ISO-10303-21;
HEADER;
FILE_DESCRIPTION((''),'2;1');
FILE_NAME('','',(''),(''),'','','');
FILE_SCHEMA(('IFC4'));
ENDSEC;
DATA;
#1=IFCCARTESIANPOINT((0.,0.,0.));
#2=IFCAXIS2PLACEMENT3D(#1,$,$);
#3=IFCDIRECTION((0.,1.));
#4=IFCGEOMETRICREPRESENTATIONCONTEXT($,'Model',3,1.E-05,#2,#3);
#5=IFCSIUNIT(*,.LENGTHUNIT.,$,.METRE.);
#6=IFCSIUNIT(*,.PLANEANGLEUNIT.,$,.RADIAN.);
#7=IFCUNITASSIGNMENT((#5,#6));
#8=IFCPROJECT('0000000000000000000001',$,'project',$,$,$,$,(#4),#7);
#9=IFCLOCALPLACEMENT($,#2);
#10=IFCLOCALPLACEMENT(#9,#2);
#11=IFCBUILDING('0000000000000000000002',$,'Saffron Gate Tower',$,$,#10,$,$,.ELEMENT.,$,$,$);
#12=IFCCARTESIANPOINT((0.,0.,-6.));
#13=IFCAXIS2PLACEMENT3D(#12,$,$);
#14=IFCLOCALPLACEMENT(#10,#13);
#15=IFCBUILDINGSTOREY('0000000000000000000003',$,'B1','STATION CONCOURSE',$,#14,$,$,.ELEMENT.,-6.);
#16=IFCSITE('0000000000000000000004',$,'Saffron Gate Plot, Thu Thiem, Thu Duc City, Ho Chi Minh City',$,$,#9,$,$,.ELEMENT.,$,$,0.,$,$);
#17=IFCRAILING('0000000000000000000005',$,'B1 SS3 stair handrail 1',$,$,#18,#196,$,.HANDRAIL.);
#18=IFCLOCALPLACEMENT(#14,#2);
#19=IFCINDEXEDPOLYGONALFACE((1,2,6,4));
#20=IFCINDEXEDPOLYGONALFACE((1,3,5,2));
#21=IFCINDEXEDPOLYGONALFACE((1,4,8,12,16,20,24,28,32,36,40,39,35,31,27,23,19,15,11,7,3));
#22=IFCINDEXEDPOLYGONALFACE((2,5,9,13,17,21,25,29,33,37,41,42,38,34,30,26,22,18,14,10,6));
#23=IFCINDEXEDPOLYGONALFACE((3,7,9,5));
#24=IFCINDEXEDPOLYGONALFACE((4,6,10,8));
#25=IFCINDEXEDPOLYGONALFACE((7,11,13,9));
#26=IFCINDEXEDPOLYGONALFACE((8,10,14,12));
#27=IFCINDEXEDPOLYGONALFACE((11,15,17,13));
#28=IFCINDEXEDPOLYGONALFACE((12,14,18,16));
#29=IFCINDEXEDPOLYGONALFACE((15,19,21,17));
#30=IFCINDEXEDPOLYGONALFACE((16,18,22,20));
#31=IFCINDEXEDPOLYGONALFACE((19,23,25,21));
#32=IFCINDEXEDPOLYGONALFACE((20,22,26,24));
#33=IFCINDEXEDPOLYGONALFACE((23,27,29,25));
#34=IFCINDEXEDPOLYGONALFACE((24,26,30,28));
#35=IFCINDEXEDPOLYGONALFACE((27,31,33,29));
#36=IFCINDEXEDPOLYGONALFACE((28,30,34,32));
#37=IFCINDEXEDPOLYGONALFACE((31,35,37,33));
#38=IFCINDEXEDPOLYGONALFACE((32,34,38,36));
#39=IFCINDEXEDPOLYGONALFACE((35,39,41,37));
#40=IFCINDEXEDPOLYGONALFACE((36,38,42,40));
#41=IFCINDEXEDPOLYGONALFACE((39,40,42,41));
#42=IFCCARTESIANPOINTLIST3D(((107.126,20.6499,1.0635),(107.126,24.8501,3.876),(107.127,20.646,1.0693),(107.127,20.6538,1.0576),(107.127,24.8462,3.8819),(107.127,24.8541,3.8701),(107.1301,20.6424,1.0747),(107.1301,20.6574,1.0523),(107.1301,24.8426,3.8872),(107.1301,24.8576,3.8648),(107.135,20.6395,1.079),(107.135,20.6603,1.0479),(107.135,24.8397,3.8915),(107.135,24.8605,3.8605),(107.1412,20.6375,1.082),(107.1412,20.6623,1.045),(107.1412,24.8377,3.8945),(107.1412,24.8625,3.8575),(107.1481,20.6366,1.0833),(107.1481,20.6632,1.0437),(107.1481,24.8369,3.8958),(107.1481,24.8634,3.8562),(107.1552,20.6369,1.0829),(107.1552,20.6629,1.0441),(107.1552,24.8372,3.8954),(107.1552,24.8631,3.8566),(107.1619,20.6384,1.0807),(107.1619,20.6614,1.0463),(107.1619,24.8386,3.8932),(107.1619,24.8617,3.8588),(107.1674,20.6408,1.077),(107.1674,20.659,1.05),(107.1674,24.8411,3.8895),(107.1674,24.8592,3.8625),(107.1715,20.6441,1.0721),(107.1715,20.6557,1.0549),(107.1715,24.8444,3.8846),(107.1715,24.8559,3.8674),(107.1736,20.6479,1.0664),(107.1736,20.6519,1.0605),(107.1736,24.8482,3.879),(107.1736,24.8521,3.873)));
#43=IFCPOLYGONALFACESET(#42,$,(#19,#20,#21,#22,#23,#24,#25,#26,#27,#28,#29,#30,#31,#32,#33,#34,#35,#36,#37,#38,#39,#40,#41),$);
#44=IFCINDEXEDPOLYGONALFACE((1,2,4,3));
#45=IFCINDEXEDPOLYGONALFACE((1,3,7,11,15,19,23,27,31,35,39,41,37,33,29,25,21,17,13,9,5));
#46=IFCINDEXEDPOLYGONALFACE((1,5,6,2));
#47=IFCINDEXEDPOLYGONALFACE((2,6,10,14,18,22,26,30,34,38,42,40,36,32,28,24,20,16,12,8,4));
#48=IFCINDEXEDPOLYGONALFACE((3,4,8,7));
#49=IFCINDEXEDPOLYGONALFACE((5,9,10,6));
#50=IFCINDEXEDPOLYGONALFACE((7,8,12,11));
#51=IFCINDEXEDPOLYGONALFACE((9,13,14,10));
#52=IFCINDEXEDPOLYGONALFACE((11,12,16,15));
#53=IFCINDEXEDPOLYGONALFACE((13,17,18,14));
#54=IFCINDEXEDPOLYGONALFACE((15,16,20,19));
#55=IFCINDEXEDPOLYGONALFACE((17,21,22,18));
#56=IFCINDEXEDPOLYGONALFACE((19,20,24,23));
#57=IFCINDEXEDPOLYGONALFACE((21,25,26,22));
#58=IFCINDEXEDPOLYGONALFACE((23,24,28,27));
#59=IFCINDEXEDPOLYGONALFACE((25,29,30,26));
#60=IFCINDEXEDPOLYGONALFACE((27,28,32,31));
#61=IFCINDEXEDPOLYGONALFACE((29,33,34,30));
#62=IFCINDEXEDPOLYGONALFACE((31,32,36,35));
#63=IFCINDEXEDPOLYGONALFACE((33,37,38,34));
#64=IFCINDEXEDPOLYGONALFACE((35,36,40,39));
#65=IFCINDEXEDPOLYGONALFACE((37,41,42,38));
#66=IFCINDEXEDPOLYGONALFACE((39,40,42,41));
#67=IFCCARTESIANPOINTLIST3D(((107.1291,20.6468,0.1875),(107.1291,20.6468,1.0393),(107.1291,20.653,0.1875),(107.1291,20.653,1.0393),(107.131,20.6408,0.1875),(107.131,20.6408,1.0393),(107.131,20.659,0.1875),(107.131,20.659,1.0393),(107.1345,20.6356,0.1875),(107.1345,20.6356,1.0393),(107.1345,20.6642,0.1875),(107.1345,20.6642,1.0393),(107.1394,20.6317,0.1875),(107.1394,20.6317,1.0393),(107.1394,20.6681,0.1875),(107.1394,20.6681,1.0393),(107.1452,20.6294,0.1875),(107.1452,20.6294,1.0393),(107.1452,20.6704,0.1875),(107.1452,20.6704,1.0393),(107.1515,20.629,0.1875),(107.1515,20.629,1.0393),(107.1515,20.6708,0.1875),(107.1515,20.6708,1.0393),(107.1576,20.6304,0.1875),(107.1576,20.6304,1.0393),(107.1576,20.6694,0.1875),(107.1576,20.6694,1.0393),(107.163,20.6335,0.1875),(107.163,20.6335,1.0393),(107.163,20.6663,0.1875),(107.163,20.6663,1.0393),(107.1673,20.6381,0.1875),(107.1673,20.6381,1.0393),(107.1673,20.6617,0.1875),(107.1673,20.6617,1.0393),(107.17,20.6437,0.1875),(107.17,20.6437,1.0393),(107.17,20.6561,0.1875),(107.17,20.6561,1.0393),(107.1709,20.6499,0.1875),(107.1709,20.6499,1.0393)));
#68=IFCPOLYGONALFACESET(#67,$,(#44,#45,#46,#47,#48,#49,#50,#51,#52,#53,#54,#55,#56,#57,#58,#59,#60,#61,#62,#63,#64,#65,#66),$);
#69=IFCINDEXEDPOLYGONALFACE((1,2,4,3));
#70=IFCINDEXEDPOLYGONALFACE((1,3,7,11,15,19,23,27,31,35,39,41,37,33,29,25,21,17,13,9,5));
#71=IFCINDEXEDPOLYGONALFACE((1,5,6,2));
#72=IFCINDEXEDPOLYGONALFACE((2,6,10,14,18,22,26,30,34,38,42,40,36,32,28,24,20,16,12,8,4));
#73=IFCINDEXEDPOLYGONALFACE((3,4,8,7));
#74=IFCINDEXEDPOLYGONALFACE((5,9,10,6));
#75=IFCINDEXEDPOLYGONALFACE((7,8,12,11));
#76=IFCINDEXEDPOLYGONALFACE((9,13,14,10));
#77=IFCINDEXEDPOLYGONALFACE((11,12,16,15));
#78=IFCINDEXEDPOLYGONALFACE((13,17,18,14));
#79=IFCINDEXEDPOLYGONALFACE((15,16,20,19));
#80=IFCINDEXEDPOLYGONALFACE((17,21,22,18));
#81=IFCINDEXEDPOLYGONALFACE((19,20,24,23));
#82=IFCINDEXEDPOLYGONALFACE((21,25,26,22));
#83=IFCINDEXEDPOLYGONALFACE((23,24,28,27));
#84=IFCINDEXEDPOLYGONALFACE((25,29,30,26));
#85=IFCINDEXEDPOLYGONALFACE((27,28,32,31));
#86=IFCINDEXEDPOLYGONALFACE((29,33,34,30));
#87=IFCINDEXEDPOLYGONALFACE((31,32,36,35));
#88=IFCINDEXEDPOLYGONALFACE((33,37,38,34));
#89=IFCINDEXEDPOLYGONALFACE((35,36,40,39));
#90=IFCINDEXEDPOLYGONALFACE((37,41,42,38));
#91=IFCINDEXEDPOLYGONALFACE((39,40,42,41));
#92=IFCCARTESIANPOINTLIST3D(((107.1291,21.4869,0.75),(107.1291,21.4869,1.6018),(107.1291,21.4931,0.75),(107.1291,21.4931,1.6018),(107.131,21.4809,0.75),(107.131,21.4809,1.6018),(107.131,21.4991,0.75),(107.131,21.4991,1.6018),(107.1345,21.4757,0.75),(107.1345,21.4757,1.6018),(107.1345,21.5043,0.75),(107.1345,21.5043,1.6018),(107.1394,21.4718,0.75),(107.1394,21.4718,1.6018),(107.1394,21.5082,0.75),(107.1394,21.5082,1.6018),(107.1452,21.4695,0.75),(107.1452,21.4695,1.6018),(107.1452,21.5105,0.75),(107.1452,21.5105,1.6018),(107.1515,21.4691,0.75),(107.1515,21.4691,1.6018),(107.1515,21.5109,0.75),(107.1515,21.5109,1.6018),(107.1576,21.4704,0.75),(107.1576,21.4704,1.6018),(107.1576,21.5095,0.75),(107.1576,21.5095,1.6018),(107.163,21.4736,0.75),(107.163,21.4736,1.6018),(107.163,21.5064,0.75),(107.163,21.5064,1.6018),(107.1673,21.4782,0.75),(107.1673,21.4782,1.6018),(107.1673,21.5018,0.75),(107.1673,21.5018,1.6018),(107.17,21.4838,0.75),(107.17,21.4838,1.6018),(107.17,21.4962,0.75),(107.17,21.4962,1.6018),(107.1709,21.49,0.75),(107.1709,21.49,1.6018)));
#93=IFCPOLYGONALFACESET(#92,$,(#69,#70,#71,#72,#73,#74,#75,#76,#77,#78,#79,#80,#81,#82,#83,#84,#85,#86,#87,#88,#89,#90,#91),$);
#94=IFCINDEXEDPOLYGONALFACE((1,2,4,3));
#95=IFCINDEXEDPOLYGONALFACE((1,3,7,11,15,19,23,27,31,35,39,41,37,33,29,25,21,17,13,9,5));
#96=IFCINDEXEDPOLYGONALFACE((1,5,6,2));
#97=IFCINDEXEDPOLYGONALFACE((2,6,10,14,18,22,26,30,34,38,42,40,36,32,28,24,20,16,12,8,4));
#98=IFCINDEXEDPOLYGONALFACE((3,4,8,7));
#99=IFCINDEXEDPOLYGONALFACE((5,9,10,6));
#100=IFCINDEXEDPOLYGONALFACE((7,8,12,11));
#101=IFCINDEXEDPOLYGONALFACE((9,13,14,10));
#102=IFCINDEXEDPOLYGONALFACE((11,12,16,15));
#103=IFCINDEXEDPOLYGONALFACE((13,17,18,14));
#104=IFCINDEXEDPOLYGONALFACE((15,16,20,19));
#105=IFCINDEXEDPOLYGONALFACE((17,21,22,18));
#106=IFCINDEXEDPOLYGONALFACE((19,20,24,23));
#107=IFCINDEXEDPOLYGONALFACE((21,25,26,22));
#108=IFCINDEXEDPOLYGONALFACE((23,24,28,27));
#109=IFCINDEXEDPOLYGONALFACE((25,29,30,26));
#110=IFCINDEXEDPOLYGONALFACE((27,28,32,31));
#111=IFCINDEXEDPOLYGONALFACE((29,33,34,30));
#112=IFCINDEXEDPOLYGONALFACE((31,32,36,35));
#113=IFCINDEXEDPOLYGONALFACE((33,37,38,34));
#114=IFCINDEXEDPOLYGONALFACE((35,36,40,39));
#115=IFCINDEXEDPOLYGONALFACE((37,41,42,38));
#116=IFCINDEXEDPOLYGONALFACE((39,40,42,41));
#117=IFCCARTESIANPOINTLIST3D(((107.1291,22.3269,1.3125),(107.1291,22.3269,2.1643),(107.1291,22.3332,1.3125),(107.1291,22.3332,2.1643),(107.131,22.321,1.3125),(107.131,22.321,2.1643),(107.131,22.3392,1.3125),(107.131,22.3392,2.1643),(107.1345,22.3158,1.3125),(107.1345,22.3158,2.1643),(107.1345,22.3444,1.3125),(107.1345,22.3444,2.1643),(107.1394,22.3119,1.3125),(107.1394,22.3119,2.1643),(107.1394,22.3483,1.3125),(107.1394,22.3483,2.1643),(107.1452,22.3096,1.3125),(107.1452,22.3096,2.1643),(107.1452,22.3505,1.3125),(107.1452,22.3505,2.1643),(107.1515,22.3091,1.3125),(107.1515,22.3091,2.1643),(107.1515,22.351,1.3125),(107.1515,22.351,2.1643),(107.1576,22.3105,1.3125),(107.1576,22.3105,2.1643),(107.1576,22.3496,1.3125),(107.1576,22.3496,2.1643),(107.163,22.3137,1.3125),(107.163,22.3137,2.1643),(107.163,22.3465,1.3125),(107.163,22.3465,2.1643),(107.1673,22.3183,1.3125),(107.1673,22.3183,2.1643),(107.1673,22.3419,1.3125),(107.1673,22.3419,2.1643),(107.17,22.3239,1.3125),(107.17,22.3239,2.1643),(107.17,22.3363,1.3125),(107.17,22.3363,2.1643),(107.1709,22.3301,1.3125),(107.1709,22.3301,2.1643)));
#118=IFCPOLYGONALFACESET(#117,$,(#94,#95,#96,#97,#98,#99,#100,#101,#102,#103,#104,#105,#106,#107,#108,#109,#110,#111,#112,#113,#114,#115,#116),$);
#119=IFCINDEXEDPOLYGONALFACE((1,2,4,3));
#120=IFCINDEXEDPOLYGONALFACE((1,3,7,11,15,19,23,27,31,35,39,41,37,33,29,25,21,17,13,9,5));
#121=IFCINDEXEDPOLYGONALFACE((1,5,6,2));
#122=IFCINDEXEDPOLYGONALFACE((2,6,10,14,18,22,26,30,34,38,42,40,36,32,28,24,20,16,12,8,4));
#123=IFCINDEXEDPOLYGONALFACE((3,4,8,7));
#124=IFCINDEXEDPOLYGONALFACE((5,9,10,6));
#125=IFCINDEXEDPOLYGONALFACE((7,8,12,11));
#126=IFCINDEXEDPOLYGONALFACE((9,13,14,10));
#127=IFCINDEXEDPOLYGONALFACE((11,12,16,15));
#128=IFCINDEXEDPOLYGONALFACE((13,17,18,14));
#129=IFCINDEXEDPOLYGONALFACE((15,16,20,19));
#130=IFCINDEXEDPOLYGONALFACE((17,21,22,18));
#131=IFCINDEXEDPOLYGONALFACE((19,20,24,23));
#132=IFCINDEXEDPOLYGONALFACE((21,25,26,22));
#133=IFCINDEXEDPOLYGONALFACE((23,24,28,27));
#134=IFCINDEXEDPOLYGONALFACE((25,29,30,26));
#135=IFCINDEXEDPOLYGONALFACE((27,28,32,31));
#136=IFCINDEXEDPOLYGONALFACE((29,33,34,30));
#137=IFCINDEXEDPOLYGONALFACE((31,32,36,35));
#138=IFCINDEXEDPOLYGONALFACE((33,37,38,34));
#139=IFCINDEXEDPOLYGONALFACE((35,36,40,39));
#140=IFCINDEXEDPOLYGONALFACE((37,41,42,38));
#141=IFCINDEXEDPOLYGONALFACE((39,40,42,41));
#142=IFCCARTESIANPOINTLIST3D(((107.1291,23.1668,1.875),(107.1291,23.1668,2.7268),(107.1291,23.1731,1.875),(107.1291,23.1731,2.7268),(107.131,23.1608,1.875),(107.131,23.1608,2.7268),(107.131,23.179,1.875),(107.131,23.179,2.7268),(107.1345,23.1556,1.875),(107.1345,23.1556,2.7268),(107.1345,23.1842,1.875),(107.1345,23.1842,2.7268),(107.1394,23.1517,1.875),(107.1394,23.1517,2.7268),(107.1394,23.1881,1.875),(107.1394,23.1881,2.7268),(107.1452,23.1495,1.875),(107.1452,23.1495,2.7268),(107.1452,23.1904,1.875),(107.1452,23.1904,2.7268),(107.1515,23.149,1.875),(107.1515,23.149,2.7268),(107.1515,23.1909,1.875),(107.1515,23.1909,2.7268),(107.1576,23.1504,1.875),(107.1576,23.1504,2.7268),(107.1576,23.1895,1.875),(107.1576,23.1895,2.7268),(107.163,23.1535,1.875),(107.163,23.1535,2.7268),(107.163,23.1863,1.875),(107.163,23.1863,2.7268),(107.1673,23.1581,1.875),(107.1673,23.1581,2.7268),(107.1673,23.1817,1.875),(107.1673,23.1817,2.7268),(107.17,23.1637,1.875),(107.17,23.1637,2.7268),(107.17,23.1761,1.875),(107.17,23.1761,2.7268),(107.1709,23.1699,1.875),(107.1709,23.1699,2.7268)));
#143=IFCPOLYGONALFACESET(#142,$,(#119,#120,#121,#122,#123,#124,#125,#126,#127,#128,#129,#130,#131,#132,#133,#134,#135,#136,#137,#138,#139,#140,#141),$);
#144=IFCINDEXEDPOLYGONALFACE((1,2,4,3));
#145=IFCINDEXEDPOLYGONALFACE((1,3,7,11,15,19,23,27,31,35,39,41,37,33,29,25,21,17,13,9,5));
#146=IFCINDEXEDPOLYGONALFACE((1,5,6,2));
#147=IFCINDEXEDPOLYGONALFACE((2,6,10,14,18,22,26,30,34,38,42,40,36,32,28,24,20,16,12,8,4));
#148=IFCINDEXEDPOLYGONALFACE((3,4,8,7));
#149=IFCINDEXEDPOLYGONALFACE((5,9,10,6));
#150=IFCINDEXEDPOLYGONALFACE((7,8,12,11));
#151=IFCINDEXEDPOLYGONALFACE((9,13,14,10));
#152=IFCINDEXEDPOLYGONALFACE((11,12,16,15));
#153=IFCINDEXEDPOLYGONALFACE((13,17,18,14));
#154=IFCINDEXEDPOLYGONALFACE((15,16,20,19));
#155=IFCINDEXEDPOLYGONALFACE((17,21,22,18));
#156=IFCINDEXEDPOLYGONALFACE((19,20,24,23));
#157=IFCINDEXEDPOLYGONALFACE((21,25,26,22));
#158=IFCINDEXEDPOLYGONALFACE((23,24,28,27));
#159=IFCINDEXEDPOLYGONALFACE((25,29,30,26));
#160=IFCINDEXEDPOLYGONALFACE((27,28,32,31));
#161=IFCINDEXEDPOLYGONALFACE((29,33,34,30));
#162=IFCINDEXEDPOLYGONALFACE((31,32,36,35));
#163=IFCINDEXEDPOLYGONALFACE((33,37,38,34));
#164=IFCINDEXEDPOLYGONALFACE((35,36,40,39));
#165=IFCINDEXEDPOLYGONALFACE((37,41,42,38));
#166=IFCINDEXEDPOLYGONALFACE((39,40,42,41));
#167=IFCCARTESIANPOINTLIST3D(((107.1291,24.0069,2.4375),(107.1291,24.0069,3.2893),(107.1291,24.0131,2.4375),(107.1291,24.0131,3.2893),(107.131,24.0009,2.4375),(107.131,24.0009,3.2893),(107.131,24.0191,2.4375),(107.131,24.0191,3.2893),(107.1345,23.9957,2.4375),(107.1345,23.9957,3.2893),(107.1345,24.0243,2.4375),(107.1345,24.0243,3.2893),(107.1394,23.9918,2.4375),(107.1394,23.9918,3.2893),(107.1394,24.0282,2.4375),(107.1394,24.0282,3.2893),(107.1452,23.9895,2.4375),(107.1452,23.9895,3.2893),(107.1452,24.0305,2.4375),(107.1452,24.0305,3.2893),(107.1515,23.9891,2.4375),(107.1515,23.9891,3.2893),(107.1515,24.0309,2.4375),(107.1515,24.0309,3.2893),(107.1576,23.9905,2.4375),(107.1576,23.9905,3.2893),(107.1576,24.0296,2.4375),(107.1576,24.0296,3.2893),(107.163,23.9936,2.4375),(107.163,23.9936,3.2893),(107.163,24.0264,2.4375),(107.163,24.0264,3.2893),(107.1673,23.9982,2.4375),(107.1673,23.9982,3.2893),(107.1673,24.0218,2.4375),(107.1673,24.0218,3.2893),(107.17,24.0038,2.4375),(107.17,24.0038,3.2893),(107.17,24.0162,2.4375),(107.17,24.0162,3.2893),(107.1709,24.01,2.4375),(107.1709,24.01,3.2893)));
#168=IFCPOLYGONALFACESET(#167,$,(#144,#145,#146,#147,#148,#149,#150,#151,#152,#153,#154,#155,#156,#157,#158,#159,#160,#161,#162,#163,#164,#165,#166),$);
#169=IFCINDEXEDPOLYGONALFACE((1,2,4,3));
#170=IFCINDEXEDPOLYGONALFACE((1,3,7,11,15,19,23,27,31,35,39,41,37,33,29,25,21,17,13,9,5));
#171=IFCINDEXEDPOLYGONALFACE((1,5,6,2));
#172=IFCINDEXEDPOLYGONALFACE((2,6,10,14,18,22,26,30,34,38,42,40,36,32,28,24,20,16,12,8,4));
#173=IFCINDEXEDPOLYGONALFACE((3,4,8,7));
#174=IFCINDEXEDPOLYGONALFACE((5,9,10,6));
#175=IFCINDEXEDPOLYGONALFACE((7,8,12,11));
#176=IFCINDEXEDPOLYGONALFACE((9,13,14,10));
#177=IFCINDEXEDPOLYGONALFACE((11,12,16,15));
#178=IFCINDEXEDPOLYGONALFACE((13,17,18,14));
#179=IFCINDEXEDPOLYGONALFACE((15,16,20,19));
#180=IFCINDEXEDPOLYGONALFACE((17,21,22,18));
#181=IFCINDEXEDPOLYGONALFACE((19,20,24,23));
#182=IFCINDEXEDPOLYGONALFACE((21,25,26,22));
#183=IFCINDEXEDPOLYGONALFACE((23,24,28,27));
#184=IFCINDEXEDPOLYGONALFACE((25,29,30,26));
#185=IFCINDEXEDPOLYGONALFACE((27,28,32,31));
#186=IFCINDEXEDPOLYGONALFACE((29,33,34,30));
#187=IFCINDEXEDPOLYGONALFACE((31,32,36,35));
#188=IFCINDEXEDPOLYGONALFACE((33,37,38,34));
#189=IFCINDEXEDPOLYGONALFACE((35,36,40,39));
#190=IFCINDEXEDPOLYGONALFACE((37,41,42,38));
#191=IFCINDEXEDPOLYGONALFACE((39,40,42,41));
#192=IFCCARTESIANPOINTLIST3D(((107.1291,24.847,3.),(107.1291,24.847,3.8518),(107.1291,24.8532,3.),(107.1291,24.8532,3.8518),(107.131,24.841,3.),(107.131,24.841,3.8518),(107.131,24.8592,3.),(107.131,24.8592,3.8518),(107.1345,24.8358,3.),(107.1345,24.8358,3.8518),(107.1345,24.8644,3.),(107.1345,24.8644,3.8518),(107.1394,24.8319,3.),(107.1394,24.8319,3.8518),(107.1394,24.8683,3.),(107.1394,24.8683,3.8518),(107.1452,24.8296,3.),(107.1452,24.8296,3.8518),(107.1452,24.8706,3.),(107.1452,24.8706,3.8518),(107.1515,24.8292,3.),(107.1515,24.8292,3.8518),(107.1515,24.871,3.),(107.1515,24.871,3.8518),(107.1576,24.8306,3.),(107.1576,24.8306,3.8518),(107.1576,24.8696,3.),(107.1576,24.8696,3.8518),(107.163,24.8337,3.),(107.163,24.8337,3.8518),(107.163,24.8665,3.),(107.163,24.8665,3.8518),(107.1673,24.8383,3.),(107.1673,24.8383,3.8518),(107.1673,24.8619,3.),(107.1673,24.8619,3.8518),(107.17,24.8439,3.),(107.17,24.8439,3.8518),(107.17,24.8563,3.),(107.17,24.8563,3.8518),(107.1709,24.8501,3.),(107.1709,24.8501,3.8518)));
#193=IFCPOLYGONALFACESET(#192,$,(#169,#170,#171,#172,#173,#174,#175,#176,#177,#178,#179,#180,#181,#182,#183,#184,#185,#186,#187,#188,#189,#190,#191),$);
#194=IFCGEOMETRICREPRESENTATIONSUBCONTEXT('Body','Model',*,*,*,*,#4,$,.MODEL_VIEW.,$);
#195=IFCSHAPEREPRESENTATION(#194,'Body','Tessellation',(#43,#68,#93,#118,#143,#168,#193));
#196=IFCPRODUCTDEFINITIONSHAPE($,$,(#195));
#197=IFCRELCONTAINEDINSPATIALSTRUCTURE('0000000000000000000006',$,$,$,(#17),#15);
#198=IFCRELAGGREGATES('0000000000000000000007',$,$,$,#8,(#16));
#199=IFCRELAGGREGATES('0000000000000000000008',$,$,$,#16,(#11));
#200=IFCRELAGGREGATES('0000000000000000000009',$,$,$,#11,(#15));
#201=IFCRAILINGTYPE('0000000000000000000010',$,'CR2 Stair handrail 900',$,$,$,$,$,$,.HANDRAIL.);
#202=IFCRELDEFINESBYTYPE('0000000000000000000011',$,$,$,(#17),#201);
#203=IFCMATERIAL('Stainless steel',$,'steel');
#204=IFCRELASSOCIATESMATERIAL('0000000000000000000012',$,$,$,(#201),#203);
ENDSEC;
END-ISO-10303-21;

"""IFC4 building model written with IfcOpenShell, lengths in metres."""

from ifc_helpers import new_model, si_unit, direction, frame, origin, origin_2d, place, context, subcontext, project, spatial, circle, extrude, material, type_object, element, save


model = new_model("IFC4")

# Units and contexts
model_context = context("Model", 3, precision=1e-05, world=origin(), true_north=direction((0.0, 1.0)))
body_context = subcontext(model_context, "Body", "Model", "MODEL_VIEW")
ifc_project = project(units=[si_unit("LENGTHUNIT", "METRE"), si_unit("PLANEANGLEUNIT", "RADIAN")], contexts=[model_context])

# Site, building, storey
site_placement = place(None, origin())
site = spatial("IfcSite", under=ifc_project, at=site_placement, Name="Saffron Gate Plot, Thu Thiem, Thu Duc City, Ho Chi Minh City", CompositionType="ELEMENT", RefElevation=0.0)
building_placement = place(site_placement, origin())
building = spatial("IfcBuilding", under=site, at=building_placement, Name="Saffron Gate Tower", CompositionType="ELEMENT")
storey_placement = place(building_placement, frame((0.0, 0.0, -6.0)))
storey = spatial("IfcBuildingStorey", under=building, at=storey_placement, Name="B1", Description="STATION CONCOURSE", CompositionType="ELEMENT", Elevation=-6.0)

# Railing
ifc_material_1 = material(Name="Stainless steel", Category="steel")
railing_type_1 = type_object("IfcRailingType", Name="CR2 Stair handrail 900", PredefinedType="HANDRAIL", material=ifc_material_1)
railing_1_placement = place(storey_placement, frame((107.1499, 20.6499, 0.1875)))
element("IfcRailing", 1, at=railing_1_placement, inside=storey, type_object=railing_type_1, Name="B1 SS3 stair handrail 1", PredefinedType="HANDRAIL", context=body_context, shape_type="SweptSolid", body=[
    extrude(circle(Radius=0.0239, at=origin_2d()), frame((0.0, 0.0, 0.876), z_axis=(0.0, 0.830919, 0.556393), x_axis=(-1.0, 0.0, 0.0)), (0.0, 0.0, 1.0), 5.0549),
    extrude(circle(Radius=0.021, at=origin_2d()), origin(), (0.0, 0.0, 1.0), 0.8518),
    extrude(circle(Radius=0.021, at=origin_2d()), frame((0.0, 0.8401, 0.5625)), (0.0, 0.0, 1.0), 0.8518),
    extrude(circle(Radius=0.021, at=origin_2d()), frame((0.0, 1.6802, 1.125)), (0.0, 0.0, 1.0), 0.8518),
    extrude(circle(Radius=0.021, at=origin_2d()), frame((0.0, 2.52, 1.6875)), (0.0, 0.0, 1.0), 0.8518),
    extrude(circle(Radius=0.021, at=origin_2d()), frame((0.0, 3.3601, 2.25)), (0.0, 0.0, 1.0), 0.8518),
    extrude(circle(Radius=0.021, at=origin_2d()), frame((0.0, 4.2002, 2.8125)), (0.0, 0.0, 1.0), 0.8518),
])

save(model, "model.ifc")
